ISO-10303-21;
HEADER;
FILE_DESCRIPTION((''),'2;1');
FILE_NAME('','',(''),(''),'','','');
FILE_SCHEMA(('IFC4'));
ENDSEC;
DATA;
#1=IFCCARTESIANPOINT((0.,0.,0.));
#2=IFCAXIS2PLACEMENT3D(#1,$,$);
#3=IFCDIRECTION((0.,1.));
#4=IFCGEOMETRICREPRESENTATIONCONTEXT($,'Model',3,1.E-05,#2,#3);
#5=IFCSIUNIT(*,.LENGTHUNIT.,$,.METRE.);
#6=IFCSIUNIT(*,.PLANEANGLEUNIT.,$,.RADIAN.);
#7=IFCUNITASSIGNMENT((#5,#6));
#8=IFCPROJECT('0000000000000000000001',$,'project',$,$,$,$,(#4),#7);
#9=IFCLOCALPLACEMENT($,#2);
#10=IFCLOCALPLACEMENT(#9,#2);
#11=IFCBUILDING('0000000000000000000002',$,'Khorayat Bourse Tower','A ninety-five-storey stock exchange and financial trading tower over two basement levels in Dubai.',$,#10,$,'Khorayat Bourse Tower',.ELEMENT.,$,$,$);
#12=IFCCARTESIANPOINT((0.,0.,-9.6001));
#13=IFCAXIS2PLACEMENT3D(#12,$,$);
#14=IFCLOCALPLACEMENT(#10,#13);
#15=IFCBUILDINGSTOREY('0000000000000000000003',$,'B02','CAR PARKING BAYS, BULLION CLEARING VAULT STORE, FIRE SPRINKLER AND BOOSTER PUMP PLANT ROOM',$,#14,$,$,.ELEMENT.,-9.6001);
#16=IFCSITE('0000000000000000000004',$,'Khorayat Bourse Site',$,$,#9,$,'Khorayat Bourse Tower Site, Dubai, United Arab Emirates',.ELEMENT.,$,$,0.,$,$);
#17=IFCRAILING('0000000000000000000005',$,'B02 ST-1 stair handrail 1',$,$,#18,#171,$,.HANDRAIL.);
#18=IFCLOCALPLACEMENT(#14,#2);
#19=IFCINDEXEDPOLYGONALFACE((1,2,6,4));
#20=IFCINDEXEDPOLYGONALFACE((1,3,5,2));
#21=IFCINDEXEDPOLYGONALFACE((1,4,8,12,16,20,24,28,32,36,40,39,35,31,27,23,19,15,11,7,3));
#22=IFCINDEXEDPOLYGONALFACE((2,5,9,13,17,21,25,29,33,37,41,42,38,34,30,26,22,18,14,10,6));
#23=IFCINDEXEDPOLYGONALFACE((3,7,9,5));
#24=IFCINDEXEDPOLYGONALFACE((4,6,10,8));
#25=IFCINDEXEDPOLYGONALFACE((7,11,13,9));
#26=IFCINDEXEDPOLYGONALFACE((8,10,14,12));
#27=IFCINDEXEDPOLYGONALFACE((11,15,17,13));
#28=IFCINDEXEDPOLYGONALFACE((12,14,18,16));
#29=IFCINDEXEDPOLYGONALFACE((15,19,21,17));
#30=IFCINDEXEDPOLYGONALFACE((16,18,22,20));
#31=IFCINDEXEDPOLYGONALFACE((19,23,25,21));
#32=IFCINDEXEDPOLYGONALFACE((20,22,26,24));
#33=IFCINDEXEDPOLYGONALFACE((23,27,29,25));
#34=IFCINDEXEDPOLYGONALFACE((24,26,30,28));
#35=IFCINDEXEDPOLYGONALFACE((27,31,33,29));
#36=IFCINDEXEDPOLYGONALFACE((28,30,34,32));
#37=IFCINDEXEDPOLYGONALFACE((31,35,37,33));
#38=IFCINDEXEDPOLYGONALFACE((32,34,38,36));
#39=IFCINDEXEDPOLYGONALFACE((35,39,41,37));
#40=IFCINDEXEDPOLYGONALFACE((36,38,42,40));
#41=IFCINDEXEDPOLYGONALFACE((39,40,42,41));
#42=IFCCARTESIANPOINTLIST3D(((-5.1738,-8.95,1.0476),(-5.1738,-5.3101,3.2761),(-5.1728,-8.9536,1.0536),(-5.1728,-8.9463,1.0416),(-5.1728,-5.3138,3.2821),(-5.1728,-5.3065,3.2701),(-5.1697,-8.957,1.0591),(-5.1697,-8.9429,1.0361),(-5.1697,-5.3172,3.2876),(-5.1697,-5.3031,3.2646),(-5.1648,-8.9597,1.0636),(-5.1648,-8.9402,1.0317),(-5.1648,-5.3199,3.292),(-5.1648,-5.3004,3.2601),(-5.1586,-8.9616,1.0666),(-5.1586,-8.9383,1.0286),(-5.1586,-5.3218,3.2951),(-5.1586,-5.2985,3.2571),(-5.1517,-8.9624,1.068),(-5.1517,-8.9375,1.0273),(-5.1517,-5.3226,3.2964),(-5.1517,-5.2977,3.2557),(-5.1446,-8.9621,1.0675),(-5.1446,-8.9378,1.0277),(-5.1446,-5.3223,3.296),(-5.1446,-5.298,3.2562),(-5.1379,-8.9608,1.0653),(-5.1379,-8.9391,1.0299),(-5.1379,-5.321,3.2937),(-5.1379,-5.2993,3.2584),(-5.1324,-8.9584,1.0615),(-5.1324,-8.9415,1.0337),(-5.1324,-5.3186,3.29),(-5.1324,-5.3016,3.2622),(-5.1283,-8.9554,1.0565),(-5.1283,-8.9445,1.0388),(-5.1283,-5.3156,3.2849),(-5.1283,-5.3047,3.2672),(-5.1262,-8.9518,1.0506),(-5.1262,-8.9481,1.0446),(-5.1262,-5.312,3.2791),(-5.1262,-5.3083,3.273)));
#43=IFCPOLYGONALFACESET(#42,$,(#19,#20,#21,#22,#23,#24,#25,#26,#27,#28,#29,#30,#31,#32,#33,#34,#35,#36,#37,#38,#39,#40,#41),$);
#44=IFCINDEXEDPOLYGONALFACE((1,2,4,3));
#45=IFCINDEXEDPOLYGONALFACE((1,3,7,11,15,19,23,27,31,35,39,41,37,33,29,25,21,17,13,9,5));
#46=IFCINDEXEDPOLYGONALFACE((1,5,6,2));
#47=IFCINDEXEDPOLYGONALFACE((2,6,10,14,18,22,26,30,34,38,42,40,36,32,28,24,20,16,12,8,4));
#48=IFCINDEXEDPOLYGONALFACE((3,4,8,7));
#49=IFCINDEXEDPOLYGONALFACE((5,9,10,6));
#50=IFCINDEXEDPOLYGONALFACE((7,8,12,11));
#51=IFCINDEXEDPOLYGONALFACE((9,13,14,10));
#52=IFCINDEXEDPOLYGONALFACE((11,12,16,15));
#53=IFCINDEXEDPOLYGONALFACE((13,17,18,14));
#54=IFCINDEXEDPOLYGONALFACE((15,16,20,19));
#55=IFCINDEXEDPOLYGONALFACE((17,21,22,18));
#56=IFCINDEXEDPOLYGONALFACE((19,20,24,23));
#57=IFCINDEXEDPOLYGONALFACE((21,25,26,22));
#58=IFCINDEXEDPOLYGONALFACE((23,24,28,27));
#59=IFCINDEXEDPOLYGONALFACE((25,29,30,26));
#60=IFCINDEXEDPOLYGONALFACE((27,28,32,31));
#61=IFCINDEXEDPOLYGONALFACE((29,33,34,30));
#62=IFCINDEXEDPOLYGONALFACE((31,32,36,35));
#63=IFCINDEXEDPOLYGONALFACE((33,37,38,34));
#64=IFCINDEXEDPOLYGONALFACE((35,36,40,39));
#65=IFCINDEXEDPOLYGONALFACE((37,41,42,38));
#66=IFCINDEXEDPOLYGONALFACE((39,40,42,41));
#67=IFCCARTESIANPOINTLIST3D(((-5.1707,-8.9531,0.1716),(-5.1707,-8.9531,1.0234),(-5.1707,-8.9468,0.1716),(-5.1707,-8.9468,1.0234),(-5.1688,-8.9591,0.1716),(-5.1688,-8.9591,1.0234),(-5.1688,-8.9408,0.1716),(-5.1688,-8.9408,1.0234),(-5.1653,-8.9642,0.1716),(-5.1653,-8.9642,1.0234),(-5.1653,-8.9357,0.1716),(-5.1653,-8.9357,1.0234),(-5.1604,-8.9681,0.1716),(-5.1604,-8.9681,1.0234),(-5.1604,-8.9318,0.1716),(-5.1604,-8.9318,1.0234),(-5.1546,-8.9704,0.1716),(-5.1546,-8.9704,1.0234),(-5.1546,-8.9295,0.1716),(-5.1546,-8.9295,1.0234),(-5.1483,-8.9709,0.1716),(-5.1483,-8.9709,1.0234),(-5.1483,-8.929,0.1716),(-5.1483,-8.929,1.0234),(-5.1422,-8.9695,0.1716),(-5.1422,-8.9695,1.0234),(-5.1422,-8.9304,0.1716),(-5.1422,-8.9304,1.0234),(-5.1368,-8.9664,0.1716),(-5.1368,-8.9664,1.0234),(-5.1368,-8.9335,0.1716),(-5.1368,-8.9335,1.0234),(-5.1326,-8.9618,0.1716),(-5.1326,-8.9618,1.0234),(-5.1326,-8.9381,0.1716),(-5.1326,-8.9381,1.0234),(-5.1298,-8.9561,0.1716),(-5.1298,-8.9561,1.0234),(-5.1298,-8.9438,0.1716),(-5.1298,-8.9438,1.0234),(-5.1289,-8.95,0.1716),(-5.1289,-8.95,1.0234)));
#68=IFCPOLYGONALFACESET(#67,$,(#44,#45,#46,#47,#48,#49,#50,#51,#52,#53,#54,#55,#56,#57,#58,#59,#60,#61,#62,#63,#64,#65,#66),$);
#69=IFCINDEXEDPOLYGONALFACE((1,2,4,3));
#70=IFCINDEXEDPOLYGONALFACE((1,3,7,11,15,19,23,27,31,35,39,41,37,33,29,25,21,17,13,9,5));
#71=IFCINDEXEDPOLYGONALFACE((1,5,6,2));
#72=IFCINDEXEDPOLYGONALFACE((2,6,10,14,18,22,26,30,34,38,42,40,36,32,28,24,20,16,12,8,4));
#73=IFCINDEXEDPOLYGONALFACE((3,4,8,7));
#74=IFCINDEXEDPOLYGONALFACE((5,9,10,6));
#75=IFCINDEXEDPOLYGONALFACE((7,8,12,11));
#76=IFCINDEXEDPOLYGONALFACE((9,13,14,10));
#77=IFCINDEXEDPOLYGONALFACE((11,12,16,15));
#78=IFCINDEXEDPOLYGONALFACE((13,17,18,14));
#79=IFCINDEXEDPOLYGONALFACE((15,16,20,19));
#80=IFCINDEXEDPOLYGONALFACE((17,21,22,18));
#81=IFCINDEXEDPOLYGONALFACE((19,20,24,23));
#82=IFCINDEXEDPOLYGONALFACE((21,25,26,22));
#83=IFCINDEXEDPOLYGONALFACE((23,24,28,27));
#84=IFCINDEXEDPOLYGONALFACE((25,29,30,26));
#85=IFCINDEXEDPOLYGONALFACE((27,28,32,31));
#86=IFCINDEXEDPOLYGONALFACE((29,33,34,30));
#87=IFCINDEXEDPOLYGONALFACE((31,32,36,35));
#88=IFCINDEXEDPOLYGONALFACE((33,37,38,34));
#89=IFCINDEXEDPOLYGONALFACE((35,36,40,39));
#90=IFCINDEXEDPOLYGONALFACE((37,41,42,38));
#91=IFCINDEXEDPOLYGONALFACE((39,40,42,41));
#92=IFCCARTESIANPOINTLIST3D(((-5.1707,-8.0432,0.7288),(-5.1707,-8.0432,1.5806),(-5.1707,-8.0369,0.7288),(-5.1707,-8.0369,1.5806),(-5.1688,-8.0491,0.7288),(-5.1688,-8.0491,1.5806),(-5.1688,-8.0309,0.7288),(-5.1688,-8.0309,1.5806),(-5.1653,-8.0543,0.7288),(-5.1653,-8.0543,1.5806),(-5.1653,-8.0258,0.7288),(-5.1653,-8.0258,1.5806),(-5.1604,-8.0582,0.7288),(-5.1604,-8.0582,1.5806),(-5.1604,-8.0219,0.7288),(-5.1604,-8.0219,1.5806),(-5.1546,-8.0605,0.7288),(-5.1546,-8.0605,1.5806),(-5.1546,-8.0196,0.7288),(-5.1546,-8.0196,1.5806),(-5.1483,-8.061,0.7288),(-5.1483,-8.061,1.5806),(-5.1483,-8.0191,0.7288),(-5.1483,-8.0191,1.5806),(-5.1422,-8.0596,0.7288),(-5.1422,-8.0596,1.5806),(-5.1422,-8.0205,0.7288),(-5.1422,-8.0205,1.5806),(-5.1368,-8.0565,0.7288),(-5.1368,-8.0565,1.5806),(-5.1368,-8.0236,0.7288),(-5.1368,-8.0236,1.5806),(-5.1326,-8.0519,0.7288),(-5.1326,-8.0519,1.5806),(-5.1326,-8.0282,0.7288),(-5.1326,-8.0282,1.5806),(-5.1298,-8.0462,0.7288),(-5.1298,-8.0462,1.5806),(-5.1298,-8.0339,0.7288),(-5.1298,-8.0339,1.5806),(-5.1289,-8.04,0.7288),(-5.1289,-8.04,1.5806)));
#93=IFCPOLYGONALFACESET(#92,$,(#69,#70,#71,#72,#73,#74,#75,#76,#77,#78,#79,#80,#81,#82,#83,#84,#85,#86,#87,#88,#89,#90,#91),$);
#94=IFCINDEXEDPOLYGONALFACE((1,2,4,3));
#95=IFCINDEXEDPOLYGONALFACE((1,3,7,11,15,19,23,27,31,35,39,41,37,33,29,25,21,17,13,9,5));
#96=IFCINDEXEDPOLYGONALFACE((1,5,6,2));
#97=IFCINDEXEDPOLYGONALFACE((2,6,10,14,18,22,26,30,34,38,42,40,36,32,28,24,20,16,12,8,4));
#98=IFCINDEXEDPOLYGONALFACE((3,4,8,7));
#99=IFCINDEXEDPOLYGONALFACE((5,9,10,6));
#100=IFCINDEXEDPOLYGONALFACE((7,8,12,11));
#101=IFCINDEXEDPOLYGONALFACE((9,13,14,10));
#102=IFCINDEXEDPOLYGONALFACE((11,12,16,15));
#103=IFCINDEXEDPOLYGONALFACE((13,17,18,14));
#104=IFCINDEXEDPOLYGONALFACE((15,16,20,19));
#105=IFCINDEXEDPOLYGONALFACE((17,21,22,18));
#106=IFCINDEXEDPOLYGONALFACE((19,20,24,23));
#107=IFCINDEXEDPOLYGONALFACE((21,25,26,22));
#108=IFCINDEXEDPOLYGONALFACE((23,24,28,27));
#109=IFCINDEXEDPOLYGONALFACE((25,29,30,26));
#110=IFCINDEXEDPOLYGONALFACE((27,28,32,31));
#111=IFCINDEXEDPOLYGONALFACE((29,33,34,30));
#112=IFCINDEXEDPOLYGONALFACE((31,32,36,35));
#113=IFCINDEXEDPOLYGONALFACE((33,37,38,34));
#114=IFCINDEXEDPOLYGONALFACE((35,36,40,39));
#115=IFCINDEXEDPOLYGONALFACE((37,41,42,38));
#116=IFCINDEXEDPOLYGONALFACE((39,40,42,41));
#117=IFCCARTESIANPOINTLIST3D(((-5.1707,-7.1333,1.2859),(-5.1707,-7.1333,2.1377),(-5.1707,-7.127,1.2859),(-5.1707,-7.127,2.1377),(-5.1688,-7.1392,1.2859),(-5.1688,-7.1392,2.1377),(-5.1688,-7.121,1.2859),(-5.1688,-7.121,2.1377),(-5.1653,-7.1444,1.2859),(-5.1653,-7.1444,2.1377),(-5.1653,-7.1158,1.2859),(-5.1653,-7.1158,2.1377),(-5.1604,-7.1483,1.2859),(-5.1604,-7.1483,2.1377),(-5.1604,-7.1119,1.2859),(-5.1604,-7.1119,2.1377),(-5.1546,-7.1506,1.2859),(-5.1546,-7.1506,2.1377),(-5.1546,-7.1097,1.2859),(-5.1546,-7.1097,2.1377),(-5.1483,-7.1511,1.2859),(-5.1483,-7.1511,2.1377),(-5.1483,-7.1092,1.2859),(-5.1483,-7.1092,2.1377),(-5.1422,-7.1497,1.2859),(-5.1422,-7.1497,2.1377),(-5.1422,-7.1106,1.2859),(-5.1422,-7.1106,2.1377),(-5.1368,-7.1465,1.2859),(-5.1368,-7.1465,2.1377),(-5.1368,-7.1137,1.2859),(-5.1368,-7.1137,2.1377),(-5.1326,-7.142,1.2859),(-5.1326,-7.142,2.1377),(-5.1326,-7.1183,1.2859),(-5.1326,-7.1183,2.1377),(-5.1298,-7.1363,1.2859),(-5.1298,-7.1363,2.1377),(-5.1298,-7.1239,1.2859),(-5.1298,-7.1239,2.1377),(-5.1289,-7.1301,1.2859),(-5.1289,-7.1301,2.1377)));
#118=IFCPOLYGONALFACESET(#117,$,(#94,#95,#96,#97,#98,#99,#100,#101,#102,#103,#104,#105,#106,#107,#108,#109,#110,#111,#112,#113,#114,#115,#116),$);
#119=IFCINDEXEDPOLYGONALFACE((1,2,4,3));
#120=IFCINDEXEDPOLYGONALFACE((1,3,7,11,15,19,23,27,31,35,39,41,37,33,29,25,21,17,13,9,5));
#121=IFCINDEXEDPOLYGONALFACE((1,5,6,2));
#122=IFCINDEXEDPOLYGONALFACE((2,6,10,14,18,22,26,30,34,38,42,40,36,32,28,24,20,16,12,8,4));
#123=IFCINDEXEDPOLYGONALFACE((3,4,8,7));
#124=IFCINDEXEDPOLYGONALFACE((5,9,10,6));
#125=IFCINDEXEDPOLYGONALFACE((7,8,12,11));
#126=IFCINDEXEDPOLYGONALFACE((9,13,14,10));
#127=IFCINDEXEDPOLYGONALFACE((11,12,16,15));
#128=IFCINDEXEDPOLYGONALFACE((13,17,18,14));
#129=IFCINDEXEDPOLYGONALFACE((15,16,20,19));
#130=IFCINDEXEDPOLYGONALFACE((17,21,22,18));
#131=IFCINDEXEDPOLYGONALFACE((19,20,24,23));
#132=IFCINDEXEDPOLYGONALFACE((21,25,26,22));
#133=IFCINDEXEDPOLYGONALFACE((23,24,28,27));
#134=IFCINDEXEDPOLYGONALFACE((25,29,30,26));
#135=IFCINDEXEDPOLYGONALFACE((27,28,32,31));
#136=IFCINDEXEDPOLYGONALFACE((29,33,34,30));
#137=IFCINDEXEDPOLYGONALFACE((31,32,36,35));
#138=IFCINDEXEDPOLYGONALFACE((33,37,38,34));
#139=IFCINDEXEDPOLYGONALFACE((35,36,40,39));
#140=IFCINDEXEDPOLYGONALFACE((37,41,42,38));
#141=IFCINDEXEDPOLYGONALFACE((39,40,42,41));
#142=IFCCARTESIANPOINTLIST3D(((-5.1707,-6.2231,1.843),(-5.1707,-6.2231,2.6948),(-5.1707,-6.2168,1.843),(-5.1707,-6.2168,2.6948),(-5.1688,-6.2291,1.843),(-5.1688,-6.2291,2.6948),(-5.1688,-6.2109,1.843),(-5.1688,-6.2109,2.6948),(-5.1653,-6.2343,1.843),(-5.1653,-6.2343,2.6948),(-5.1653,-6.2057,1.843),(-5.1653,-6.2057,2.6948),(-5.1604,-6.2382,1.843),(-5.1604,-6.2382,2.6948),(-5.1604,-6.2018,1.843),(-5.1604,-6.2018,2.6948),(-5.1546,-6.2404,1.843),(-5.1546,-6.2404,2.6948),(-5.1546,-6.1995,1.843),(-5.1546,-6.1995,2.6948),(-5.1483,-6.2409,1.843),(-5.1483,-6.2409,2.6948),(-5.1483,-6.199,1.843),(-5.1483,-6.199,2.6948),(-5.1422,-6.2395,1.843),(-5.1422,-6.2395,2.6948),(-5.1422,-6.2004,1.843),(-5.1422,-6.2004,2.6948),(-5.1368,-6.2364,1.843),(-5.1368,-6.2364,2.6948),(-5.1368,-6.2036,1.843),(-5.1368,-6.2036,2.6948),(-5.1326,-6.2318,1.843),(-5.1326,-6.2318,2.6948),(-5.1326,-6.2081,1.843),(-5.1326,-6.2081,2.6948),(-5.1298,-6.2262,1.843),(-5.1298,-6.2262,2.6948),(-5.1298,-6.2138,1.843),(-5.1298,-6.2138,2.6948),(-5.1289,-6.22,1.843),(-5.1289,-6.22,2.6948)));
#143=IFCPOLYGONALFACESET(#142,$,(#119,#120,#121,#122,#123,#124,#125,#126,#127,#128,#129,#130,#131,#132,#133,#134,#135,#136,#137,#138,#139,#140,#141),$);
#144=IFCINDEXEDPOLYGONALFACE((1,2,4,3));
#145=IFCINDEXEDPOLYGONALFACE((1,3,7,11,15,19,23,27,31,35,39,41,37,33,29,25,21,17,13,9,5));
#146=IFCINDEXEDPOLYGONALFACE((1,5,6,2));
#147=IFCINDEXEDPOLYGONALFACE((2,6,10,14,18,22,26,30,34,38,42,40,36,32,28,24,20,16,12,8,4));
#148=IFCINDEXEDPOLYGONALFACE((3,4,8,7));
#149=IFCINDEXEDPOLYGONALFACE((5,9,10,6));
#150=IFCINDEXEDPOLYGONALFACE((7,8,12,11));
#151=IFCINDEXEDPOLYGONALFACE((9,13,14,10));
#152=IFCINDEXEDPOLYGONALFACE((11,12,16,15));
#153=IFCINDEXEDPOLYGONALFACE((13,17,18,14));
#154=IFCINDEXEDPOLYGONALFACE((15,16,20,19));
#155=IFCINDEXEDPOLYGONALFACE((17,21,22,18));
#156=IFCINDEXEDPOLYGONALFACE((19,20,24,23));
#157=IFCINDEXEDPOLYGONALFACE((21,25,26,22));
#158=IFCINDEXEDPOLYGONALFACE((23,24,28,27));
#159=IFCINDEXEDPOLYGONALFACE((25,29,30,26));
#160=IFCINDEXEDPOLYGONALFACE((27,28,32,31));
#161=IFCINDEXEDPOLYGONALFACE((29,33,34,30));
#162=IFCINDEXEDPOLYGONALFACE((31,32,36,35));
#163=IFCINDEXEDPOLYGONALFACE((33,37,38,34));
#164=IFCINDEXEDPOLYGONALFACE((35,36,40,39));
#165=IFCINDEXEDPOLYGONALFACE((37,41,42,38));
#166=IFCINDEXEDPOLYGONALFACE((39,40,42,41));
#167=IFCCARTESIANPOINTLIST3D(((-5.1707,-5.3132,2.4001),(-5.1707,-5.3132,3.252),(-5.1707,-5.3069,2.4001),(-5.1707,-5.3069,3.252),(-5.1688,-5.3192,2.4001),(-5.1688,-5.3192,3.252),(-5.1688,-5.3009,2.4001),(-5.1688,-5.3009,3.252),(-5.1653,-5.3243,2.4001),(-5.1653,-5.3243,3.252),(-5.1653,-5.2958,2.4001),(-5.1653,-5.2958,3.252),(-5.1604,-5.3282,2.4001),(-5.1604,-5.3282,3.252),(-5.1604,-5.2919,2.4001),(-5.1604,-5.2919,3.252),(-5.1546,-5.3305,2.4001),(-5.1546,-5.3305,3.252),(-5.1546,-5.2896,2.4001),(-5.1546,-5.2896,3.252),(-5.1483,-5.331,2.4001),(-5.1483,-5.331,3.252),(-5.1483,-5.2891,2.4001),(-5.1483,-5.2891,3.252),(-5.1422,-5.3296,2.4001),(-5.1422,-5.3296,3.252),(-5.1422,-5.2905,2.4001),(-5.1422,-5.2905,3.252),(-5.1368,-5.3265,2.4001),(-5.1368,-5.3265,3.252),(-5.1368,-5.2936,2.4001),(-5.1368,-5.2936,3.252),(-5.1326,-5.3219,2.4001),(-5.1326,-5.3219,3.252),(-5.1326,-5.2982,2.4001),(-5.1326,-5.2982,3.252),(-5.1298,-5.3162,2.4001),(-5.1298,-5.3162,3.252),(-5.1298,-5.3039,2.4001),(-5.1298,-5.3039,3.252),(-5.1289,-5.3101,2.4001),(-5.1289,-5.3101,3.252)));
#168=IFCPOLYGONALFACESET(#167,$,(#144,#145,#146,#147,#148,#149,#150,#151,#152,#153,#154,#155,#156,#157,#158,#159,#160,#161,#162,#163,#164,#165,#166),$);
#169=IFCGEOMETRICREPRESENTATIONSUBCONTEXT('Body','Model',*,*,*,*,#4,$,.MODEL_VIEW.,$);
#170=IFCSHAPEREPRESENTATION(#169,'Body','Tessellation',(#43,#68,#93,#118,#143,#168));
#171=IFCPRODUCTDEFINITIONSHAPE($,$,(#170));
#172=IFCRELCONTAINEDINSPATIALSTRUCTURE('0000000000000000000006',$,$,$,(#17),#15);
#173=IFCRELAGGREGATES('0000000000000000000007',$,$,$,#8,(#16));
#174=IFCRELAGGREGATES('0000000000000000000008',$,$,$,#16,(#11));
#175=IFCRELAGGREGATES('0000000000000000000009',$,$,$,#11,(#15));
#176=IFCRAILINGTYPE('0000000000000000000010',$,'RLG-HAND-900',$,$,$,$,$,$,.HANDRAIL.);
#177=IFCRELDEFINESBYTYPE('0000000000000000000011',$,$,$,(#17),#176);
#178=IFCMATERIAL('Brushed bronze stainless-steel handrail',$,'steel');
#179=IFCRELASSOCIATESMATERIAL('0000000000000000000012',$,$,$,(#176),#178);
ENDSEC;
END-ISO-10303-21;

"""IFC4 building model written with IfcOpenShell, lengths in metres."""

from ifc_helpers import new_model, si_unit, direction, frame, origin, origin_2d, place, context, subcontext, project, spatial, circle, extrude, source, transform, mapped, material, type_object, element, save


model = new_model("IFC4")

# Units and contexts
model_context = context("Model", 3, precision=1e-05, world=origin(), true_north=direction((0.0, 1.0)))
body_context = subcontext(model_context, "Body", "Model", "MODEL_VIEW")
ifc_project = project(units=[si_unit("LENGTHUNIT", "METRE"), si_unit("PLANEANGLEUNIT", "RADIAN")], contexts=[model_context])

# Site, building, storey
site_placement = place(None, origin())
site = spatial("IfcSite", under=ifc_project, at=site_placement, Name="Khorayat Bourse Site", LongName="Khorayat Bourse Tower Site, Dubai, United Arab Emirates", CompositionType="ELEMENT", RefElevation=0.0)
building_placement = place(site_placement, origin())
building = spatial("IfcBuilding", under=site, at=building_placement, Name="Khorayat Bourse Tower", Description="A ninety-five-storey stock exchange and financial trading tower over two basement levels in Dubai.", LongName="Khorayat Bourse Tower", CompositionType="ELEMENT")
storey_placement = place(building_placement, frame((0.0, 0.0, -9.6001)))
storey = spatial("IfcBuildingStorey", under=building, at=storey_placement, Name="B02", Description="CAR PARKING BAYS, BULLION CLEARING VAULT STORE, FIRE SPRINKLER AND BOOSTER PUMP PLANT ROOM", CompositionType="ELEMENT", Elevation=-9.6001)

# Railing
ifc_material_1 = material(Name="Brushed bronze stainless-steel handrail", Category="steel")
railing_type_1 = type_object("IfcRailingType", Name="RLG-HAND-900", PredefinedType="HANDRAIL", material=ifc_material_1)
shared_shape_1 = source(origin(), body_context, "Body", "SweptSolid", [
    extrude(circle(Radius=0.0239, at=origin_2d()), frame((0.0, 0.0, 0.876), z_axis=(0.0, 0.85285, 0.522156), x_axis=(-1.0, 0.0, 0.0)), (0.0, 0.0, 1.0), 4.2678),
    extrude(circle(Radius=0.021, at=origin_2d()), origin(), (0.0, 0.0, 1.0), 0.8518),
    extrude(circle(Radius=0.021, at=origin_2d()), frame((0.0, 0.9099, 0.5571)), (0.0, 0.0, 1.0), 0.8518),
    extrude(circle(Radius=0.021, at=origin_2d()), frame((0.0, 1.8198, 1.1143)), (0.0, 0.0, 1.0), 0.8518),
    extrude(circle(Radius=0.021, at=origin_2d()), frame((0.0, 2.73, 1.6714)), (0.0, 0.0, 1.0), 0.8518),
    extrude(circle(Radius=0.021, at=origin_2d()), frame((0.0, 3.6399, 2.2285)), (0.0, 0.0, 1.0), 0.8518),
])
railing_1_placement = place(storey_placement, frame((-5.1499, -8.95, 0.1716)))
element("IfcRailing", 1, at=railing_1_placement, inside=storey, type_object=railing_type_1, Name="B02 ST-1 stair handrail 1", PredefinedType="HANDRAIL", context=body_context, shape_type="MappedRepresentation", body=[
    mapped(shared_shape_1, transform((0.0, 0.0, 0.0), scale=1.0)),
])

save(model, "model.ifc")
